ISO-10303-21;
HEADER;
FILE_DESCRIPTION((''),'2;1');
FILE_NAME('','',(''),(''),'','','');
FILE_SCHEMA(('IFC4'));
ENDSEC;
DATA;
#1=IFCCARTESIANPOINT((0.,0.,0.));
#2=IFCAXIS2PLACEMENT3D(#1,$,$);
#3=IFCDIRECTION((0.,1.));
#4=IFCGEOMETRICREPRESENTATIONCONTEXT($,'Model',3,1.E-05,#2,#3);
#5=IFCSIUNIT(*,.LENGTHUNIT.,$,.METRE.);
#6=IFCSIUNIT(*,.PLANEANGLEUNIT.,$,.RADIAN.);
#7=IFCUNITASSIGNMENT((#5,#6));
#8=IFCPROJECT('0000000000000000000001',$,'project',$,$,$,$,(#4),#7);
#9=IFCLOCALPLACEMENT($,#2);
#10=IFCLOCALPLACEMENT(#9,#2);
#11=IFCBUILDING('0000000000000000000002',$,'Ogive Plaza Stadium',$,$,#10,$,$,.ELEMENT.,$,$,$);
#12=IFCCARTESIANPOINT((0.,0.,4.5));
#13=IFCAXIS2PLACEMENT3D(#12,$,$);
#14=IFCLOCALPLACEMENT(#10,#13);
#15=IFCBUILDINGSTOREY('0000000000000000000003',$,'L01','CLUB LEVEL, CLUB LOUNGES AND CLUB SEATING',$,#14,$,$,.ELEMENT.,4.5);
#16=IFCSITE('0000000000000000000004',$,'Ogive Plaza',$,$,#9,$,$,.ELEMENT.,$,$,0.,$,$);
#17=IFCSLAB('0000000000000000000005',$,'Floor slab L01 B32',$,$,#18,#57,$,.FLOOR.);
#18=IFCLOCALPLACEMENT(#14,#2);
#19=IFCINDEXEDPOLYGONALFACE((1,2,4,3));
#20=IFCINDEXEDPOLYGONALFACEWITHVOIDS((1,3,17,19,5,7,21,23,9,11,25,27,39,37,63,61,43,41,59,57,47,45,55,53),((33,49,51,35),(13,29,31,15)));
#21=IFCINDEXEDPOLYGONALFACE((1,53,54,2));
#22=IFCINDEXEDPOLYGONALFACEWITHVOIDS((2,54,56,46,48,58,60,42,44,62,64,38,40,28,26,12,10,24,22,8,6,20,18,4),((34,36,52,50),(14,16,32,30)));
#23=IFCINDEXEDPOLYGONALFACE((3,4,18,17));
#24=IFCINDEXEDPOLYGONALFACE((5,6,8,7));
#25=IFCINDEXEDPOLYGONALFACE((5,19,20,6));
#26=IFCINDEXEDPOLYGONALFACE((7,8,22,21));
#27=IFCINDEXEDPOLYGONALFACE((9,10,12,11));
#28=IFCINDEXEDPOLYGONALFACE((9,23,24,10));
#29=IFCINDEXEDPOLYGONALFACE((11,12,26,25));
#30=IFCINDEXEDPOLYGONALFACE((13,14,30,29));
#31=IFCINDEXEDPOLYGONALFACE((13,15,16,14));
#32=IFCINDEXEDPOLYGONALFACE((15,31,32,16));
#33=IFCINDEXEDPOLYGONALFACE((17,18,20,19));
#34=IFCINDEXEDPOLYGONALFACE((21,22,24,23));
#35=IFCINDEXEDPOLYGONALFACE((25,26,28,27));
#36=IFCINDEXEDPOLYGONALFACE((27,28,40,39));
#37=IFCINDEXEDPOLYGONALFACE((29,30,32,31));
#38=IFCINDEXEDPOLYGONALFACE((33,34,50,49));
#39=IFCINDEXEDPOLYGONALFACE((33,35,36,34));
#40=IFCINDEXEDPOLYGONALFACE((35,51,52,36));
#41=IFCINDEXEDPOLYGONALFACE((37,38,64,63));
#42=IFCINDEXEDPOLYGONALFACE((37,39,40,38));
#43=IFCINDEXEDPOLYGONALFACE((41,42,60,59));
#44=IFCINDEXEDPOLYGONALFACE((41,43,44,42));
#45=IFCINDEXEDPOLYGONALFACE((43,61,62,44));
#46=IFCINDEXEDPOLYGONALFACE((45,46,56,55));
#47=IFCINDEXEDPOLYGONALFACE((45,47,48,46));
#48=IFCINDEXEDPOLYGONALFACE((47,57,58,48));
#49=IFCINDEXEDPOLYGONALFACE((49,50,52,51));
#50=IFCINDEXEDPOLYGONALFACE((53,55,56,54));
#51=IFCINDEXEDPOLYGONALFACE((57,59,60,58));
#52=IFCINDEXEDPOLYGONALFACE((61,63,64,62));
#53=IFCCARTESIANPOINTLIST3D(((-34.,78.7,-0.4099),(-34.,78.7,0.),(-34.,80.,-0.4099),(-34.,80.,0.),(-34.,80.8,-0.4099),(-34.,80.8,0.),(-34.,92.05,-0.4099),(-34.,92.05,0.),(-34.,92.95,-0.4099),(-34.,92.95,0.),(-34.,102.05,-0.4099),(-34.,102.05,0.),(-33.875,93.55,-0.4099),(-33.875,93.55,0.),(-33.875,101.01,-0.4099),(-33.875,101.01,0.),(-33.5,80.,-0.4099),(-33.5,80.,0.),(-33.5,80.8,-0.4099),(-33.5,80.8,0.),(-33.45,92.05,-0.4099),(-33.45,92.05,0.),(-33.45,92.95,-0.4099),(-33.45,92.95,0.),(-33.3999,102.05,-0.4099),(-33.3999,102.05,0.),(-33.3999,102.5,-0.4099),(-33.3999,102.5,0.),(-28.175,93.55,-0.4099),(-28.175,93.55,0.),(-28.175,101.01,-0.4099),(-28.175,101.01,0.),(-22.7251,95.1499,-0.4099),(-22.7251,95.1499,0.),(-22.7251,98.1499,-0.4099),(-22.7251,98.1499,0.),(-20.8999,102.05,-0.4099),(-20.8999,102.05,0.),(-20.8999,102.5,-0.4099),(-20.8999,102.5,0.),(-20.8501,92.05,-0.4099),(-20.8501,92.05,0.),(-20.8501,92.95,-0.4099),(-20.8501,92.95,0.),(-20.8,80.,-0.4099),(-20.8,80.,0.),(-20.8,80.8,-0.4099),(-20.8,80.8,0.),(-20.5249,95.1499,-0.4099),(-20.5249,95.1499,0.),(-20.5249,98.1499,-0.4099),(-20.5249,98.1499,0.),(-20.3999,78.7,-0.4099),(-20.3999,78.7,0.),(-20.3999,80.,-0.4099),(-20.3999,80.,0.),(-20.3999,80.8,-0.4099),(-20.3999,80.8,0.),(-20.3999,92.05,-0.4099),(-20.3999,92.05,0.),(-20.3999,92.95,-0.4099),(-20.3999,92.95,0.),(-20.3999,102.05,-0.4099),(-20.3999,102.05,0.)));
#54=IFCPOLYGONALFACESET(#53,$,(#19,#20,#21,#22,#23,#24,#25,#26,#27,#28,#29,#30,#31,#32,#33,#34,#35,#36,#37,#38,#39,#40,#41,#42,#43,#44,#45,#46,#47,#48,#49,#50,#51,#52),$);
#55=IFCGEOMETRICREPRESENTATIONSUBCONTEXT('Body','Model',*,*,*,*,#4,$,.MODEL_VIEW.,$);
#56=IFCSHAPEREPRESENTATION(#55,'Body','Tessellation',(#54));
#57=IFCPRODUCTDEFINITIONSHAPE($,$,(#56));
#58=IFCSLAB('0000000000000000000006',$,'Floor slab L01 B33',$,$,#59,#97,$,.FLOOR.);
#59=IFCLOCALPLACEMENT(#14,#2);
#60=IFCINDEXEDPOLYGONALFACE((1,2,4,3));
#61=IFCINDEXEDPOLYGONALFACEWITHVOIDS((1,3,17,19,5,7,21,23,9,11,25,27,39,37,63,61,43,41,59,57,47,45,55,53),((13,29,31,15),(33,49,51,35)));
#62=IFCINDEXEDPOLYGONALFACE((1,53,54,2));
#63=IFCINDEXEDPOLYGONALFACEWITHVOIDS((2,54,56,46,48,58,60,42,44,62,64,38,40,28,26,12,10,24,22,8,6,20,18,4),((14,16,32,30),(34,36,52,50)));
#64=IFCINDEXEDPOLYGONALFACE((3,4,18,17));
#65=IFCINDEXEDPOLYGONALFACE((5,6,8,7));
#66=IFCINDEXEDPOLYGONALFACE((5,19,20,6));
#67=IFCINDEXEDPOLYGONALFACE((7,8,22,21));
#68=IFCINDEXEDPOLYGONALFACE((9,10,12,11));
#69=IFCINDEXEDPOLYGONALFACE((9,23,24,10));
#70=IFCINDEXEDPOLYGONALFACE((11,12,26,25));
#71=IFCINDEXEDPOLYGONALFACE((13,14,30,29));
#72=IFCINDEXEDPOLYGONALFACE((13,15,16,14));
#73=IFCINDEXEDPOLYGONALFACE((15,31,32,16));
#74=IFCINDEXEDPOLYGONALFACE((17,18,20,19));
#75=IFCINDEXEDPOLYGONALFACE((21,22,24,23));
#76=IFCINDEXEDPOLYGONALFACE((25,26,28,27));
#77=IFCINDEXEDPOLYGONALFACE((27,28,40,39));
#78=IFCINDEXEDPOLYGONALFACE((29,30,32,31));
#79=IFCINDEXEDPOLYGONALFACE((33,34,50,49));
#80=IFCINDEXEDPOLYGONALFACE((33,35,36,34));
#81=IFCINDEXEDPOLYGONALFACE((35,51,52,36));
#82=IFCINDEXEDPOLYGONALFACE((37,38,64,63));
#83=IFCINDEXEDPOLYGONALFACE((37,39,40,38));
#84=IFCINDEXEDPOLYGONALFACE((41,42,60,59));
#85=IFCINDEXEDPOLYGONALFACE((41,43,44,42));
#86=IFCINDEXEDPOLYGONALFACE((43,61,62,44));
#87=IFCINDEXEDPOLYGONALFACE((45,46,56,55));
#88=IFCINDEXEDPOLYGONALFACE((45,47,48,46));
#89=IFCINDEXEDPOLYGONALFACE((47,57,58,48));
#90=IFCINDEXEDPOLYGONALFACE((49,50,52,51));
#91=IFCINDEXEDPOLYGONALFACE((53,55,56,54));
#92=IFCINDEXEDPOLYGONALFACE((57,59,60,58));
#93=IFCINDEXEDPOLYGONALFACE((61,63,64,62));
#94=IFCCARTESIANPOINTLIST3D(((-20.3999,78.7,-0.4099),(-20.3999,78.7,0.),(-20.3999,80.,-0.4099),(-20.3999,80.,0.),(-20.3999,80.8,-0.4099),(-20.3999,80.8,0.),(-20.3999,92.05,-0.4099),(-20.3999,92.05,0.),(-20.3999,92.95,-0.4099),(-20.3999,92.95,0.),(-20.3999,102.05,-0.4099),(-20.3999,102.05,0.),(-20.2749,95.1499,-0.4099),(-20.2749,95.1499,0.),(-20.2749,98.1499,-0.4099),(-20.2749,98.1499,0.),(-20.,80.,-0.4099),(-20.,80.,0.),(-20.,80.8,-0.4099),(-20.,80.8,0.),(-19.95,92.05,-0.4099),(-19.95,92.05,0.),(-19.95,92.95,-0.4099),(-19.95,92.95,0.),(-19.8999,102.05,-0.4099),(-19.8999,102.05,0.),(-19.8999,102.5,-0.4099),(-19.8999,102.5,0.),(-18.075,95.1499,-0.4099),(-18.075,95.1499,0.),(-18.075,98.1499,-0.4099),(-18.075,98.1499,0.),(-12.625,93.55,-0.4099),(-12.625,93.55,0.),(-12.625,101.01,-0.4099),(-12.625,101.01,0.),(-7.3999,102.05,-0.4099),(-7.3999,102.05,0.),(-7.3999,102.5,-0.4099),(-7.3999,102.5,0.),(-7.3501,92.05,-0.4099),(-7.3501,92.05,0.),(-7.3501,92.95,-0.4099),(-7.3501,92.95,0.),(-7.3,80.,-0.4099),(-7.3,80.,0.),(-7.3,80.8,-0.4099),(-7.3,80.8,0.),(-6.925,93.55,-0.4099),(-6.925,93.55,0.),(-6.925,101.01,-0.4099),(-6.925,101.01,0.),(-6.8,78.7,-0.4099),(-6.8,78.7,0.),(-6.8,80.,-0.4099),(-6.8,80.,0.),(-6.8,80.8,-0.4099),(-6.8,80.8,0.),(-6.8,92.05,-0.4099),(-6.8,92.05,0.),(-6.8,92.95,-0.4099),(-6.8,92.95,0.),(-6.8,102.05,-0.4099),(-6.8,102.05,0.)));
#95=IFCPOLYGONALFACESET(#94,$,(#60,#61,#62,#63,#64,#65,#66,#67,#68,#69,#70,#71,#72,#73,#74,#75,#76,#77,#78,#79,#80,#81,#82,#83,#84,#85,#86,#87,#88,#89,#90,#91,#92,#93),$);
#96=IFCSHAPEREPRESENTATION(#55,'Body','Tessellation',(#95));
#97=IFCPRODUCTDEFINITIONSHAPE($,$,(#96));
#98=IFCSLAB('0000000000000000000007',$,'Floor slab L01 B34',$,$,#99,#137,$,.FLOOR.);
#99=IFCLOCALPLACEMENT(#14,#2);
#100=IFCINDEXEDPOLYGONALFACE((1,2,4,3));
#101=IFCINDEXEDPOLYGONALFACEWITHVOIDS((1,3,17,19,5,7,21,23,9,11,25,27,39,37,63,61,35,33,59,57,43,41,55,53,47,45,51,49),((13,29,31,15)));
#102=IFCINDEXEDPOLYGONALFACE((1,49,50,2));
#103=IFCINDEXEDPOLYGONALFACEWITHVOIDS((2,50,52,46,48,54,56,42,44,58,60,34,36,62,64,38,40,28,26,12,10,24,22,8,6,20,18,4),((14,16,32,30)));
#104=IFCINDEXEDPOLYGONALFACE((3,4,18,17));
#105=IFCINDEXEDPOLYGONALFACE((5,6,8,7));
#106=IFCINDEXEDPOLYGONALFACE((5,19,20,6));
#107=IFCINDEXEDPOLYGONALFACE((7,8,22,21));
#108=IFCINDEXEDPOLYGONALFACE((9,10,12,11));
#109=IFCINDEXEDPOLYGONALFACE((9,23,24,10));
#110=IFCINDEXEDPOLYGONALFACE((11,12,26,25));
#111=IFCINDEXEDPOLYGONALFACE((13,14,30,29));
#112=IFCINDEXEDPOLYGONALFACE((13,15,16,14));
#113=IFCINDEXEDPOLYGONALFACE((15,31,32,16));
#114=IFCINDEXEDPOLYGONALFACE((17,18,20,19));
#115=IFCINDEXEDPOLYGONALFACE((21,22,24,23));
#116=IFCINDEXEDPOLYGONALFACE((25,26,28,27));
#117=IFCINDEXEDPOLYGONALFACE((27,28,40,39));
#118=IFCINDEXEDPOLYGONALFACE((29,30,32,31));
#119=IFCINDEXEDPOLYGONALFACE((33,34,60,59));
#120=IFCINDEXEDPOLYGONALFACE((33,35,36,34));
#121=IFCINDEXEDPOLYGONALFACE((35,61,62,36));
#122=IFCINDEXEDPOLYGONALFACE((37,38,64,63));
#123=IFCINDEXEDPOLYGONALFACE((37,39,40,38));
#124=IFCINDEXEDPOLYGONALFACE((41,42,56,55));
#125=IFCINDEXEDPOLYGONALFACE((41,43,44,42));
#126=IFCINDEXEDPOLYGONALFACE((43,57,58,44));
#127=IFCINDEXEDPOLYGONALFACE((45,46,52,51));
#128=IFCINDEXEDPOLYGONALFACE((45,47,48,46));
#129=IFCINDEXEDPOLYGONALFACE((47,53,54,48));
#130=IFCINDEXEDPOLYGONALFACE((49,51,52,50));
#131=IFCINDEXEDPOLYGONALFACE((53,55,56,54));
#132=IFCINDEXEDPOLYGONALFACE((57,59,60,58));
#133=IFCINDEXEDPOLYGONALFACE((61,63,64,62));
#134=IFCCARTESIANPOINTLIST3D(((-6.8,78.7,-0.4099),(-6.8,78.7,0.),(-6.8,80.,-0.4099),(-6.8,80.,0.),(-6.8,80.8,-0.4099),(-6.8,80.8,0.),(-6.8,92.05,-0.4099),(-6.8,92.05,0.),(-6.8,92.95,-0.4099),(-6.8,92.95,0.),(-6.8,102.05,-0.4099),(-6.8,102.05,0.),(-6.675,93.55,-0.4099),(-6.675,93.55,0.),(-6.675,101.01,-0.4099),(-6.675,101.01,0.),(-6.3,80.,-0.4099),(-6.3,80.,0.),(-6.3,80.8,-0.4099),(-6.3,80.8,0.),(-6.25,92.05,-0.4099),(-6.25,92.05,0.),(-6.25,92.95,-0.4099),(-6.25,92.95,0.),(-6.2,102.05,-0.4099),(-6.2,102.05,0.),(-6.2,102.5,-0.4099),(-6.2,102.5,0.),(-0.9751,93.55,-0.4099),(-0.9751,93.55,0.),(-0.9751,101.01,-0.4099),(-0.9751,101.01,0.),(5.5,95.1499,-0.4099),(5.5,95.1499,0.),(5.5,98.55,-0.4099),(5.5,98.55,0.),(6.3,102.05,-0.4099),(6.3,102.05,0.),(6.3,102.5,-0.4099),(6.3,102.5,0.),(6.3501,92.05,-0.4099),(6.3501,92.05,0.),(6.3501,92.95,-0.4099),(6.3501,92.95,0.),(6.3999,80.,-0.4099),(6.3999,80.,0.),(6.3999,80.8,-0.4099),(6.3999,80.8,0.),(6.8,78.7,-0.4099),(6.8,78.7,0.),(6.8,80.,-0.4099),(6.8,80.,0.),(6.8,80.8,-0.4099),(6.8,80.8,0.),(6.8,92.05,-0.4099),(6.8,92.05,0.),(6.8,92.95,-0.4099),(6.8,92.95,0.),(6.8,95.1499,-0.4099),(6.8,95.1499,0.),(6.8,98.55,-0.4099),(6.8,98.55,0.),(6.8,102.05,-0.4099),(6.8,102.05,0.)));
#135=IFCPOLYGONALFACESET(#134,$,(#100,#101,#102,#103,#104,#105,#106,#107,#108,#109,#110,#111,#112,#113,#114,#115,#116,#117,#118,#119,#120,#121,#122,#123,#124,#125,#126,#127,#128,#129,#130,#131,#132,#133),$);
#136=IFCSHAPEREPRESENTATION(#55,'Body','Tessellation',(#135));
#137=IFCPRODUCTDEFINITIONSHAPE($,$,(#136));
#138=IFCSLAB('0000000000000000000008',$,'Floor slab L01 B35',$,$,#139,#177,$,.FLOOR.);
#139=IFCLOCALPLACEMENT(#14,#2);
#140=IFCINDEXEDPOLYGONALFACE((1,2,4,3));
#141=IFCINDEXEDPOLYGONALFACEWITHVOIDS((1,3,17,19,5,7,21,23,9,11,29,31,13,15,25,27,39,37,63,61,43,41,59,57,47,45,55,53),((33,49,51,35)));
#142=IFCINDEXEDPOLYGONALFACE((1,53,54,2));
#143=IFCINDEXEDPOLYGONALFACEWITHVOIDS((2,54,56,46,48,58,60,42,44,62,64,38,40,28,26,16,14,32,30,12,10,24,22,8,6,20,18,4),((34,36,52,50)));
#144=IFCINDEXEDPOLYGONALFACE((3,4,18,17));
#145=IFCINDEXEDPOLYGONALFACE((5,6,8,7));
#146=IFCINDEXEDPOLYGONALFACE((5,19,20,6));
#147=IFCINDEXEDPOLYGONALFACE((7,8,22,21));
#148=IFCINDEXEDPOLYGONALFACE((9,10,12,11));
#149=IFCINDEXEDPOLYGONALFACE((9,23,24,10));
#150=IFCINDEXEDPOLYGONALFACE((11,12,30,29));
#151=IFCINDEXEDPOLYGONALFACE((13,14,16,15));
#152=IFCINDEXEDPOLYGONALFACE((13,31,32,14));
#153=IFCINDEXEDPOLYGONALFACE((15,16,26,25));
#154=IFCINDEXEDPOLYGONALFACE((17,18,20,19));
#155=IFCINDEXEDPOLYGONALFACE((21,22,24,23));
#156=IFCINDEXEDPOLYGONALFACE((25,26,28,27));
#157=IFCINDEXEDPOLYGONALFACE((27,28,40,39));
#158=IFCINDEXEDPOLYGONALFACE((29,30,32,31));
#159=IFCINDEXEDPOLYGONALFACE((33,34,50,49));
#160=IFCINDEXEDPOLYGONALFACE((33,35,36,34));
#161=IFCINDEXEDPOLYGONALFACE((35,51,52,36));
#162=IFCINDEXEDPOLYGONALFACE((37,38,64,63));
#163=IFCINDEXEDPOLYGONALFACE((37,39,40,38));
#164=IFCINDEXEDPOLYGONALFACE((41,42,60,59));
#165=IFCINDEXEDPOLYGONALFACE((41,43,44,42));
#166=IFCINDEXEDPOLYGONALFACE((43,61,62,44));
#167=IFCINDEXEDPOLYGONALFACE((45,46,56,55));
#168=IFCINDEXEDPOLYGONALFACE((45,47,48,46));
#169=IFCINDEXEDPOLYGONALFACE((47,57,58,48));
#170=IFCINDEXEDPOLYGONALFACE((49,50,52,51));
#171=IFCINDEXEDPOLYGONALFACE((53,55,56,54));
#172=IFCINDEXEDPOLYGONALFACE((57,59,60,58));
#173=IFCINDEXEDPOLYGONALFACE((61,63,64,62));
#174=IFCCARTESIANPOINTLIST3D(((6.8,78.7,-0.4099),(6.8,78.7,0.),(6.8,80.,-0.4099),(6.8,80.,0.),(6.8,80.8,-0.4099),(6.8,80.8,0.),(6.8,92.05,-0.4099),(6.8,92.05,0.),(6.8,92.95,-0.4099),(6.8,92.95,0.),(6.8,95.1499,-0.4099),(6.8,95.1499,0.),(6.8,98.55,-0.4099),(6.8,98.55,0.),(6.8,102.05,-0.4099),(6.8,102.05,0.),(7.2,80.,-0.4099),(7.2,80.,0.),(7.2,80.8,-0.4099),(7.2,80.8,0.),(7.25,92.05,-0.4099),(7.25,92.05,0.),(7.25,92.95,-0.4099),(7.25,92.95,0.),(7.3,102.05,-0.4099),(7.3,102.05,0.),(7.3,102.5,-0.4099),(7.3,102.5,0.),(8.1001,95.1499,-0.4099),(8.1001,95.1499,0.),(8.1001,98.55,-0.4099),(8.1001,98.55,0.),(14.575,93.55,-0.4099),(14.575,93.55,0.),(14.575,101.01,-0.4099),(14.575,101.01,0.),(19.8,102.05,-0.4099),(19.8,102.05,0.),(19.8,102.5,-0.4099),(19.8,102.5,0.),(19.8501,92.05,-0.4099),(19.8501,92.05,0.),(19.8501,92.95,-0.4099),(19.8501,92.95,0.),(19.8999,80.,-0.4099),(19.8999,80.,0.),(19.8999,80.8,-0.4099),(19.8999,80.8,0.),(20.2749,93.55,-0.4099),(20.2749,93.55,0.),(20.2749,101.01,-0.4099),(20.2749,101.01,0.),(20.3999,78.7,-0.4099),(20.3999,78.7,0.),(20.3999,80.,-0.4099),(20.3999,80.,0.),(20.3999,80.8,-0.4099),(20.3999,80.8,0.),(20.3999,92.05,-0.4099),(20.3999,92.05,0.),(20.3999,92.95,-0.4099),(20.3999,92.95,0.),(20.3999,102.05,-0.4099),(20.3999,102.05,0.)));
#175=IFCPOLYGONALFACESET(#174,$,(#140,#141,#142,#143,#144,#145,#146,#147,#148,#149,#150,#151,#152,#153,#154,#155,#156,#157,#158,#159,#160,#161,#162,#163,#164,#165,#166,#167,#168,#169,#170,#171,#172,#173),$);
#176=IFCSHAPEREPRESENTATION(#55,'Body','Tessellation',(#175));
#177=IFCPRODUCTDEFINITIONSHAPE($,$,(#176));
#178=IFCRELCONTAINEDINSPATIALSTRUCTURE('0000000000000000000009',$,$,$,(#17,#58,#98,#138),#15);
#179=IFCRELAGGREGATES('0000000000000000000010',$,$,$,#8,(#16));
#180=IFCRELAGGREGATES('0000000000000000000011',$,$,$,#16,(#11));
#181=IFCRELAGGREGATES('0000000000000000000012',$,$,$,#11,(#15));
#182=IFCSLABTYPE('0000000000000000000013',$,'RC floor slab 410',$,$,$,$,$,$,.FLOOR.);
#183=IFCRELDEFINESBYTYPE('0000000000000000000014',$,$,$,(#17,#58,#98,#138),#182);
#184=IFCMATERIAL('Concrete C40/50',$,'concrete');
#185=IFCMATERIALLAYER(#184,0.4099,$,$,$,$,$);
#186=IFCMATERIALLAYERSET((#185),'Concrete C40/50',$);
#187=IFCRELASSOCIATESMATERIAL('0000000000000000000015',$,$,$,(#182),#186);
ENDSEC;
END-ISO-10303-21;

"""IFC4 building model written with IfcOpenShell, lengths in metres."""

from ifc_helpers import new_model, si_unit, direction, frame, origin, place, context, subcontext, project, spatial, polyline, outline, extrude, material, layer, layer_set, type_object, element, save


model = new_model("IFC4")

# Units and contexts
model_context = context("Model", 3, precision=1e-05, world=origin(), true_north=direction((0.0, 1.0)))
body_context = subcontext(model_context, "Body", "Model", "MODEL_VIEW")
ifc_project = project(units=[si_unit("LENGTHUNIT", "METRE"), si_unit("PLANEANGLEUNIT", "RADIAN")], contexts=[model_context])

# Site, building, storey
site_placement = place(None, origin())
site = spatial("IfcSite", under=ifc_project, at=site_placement, Name="Ogive Plaza", CompositionType="ELEMENT", RefElevation=0.0)
building_placement = place(site_placement, origin())
building = spatial("IfcBuilding", under=site, at=building_placement, Name="Ogive Plaza Stadium", CompositionType="ELEMENT")
storey_placement = place(building_placement, frame((0.0, 0.0, 4.5)))
storey = spatial("IfcBuildingStorey", under=building, at=storey_placement, Name="L01", Description="CLUB LEVEL, CLUB LOUNGES AND CLUB SEATING", CompositionType="ELEMENT", Elevation=4.5)

# Slabs
ifc_material = material(Name="Concrete C40/50", Category="concrete")
ifc_layer = layer(ifc_material, 0.4099)
ifc_layer_set = layer_set([ifc_layer], Name="Concrete C40/50")
slab_type = type_object("IfcSlabType", Name="RC floor slab 410", PredefinedType="FLOOR", material=ifc_layer_set)
slab_1_placement = place(storey_placement, frame((0.0, 0.0, -0.4099)))
element("IfcSlab", 1, at=slab_1_placement, inside=storey, type_object=slab_type, Name="Floor slab L01 B32", PredefinedType="FLOOR", context=body_context, shape_type="SweptSolid", body=[
    extrude(outline(polyline([(-20.3999, 80.0), (-20.8, 80.0), (-20.8, 80.8), (-20.3999, 80.8), (-20.3999, 92.05), (-20.8501, 92.05), (-20.8501, 92.95), (-20.3999, 92.95), (-20.3999, 102.05), (-20.8999, 102.05), (-20.8999, 102.5), (-33.3999, 102.5), (-33.3999, 102.05), (-34.0, 102.05), (-34.0, 92.95), (-33.45, 92.95), (-33.45, 92.05), (-34.0, 92.05), (-34.0, 80.8), (-33.5, 80.8), (-33.5, 80.0), (-34.0, 80.0), (-34.0, 78.7), (-20.3999, 78.7), (-20.3999, 80.0)]), holes=[polyline([(-20.5249, 95.1499), (-20.5249, 98.1499), (-22.7251, 98.1499), (-22.7251, 95.1499), (-20.5249, 95.1499)]), polyline([(-33.875, 93.55), (-28.175, 93.55), (-28.175, 101.01), (-33.875, 101.01), (-33.875, 93.55)])]), origin(), (0.0, 0.0, 1.0), 0.4099),
])
slab_2_placement = place(storey_placement, frame((0.0, 0.0, -0.4099)))
element("IfcSlab", 2, at=slab_2_placement, inside=storey, type_object=slab_type, Name="Floor slab L01 B33", PredefinedType="FLOOR", context=body_context, shape_type="SweptSolid", body=[
    extrude(outline(polyline([(-6.8, 80.0), (-7.3, 80.0), (-7.3, 80.8), (-6.8, 80.8), (-6.8, 92.05), (-7.3501, 92.05), (-7.3501, 92.95), (-6.8, 92.95), (-6.8, 102.05), (-7.3999, 102.05), (-7.3999, 102.5), (-19.8999, 102.5), (-19.8999, 102.05), (-20.3999, 102.05), (-20.3999, 92.95), (-19.95, 92.95), (-19.95, 92.05), (-20.3999, 92.05), (-20.3999, 80.8), (-20.0, 80.8), (-20.0, 80.0), (-20.3999, 80.0), (-20.3999, 78.7), (-6.8, 78.7), (-6.8, 80.0)]), holes=[polyline([(-20.2749, 95.1499), (-18.075, 95.1499), (-18.075, 98.1499), (-20.2749, 98.1499), (-20.2749, 95.1499)]), polyline([(-12.625, 93.55), (-6.925, 93.55), (-6.925, 101.01), (-12.625, 101.01), (-12.625, 93.55)])]), origin(), (0.0, 0.0, 1.0), 0.4099),
])
slab_3_placement = place(storey_placement, frame((0.0, 0.0, -0.4099)))
element("IfcSlab", 3, at=slab_3_placement, inside=storey, type_object=slab_type, Name="Floor slab L01 B34", PredefinedType="FLOOR", context=body_context, shape_type="SweptSolid", body=[
    extrude(outline(polyline([(6.8, 80.0), (6.3999, 80.0), (6.3999, 80.8), (6.8, 80.8), (6.8, 92.05), (6.3501, 92.05), (6.3501, 92.95), (6.8, 92.95), (6.8, 95.1499), (5.5, 95.1499), (5.5, 98.55), (6.8, 98.55), (6.8, 102.05), (6.3, 102.05), (6.3, 102.5), (-6.2, 102.5), (-6.2, 102.05), (-6.8, 102.05), (-6.8, 92.95), (-6.25, 92.95), (-6.25, 92.05), (-6.8, 92.05), (-6.8, 80.8), (-6.3, 80.8), (-6.3, 80.0), (-6.8, 80.0), (-6.8, 78.7), (6.8, 78.7), (6.8, 80.0)]), holes=[polyline([(-6.675, 93.55), (-0.9751, 93.55), (-0.9751, 101.01), (-6.675, 101.01), (-6.675, 93.55)])]), origin(), (0.0, 0.0, 1.0), 0.4099),
])
slab_4_placement = place(storey_placement, frame((0.0, 0.0, -0.4099)))
element("IfcSlab", 4, at=slab_4_placement, inside=storey, type_object=slab_type, Name="Floor slab L01 B35", PredefinedType="FLOOR", context=body_context, shape_type="SweptSolid", body=[
    extrude(outline(polyline([(20.3999, 80.0), (19.8999, 80.0), (19.8999, 80.8), (20.3999, 80.8), (20.3999, 92.05), (19.8501, 92.05), (19.8501, 92.95), (20.3999, 92.95), (20.3999, 102.05), (19.8, 102.05), (19.8, 102.5), (7.3, 102.5), (7.3, 102.05), (6.8, 102.05), (6.8, 98.55), (8.1001, 98.55), (8.1001, 95.1499), (6.8, 95.1499), (6.8, 92.95), (7.25, 92.95), (7.25, 92.05), (6.8, 92.05), (6.8, 80.8), (7.2, 80.8), (7.2, 80.0), (6.8, 80.0), (6.8, 78.7), (20.3999, 78.7), (20.3999, 80.0)]), holes=[polyline([(14.575, 93.55), (20.2749, 93.55), (20.2749, 101.01), (14.575, 101.01), (14.575, 93.55)])]), origin(), (0.0, 0.0, 1.0), 0.4099),
])

save(model, "model.ifc")
